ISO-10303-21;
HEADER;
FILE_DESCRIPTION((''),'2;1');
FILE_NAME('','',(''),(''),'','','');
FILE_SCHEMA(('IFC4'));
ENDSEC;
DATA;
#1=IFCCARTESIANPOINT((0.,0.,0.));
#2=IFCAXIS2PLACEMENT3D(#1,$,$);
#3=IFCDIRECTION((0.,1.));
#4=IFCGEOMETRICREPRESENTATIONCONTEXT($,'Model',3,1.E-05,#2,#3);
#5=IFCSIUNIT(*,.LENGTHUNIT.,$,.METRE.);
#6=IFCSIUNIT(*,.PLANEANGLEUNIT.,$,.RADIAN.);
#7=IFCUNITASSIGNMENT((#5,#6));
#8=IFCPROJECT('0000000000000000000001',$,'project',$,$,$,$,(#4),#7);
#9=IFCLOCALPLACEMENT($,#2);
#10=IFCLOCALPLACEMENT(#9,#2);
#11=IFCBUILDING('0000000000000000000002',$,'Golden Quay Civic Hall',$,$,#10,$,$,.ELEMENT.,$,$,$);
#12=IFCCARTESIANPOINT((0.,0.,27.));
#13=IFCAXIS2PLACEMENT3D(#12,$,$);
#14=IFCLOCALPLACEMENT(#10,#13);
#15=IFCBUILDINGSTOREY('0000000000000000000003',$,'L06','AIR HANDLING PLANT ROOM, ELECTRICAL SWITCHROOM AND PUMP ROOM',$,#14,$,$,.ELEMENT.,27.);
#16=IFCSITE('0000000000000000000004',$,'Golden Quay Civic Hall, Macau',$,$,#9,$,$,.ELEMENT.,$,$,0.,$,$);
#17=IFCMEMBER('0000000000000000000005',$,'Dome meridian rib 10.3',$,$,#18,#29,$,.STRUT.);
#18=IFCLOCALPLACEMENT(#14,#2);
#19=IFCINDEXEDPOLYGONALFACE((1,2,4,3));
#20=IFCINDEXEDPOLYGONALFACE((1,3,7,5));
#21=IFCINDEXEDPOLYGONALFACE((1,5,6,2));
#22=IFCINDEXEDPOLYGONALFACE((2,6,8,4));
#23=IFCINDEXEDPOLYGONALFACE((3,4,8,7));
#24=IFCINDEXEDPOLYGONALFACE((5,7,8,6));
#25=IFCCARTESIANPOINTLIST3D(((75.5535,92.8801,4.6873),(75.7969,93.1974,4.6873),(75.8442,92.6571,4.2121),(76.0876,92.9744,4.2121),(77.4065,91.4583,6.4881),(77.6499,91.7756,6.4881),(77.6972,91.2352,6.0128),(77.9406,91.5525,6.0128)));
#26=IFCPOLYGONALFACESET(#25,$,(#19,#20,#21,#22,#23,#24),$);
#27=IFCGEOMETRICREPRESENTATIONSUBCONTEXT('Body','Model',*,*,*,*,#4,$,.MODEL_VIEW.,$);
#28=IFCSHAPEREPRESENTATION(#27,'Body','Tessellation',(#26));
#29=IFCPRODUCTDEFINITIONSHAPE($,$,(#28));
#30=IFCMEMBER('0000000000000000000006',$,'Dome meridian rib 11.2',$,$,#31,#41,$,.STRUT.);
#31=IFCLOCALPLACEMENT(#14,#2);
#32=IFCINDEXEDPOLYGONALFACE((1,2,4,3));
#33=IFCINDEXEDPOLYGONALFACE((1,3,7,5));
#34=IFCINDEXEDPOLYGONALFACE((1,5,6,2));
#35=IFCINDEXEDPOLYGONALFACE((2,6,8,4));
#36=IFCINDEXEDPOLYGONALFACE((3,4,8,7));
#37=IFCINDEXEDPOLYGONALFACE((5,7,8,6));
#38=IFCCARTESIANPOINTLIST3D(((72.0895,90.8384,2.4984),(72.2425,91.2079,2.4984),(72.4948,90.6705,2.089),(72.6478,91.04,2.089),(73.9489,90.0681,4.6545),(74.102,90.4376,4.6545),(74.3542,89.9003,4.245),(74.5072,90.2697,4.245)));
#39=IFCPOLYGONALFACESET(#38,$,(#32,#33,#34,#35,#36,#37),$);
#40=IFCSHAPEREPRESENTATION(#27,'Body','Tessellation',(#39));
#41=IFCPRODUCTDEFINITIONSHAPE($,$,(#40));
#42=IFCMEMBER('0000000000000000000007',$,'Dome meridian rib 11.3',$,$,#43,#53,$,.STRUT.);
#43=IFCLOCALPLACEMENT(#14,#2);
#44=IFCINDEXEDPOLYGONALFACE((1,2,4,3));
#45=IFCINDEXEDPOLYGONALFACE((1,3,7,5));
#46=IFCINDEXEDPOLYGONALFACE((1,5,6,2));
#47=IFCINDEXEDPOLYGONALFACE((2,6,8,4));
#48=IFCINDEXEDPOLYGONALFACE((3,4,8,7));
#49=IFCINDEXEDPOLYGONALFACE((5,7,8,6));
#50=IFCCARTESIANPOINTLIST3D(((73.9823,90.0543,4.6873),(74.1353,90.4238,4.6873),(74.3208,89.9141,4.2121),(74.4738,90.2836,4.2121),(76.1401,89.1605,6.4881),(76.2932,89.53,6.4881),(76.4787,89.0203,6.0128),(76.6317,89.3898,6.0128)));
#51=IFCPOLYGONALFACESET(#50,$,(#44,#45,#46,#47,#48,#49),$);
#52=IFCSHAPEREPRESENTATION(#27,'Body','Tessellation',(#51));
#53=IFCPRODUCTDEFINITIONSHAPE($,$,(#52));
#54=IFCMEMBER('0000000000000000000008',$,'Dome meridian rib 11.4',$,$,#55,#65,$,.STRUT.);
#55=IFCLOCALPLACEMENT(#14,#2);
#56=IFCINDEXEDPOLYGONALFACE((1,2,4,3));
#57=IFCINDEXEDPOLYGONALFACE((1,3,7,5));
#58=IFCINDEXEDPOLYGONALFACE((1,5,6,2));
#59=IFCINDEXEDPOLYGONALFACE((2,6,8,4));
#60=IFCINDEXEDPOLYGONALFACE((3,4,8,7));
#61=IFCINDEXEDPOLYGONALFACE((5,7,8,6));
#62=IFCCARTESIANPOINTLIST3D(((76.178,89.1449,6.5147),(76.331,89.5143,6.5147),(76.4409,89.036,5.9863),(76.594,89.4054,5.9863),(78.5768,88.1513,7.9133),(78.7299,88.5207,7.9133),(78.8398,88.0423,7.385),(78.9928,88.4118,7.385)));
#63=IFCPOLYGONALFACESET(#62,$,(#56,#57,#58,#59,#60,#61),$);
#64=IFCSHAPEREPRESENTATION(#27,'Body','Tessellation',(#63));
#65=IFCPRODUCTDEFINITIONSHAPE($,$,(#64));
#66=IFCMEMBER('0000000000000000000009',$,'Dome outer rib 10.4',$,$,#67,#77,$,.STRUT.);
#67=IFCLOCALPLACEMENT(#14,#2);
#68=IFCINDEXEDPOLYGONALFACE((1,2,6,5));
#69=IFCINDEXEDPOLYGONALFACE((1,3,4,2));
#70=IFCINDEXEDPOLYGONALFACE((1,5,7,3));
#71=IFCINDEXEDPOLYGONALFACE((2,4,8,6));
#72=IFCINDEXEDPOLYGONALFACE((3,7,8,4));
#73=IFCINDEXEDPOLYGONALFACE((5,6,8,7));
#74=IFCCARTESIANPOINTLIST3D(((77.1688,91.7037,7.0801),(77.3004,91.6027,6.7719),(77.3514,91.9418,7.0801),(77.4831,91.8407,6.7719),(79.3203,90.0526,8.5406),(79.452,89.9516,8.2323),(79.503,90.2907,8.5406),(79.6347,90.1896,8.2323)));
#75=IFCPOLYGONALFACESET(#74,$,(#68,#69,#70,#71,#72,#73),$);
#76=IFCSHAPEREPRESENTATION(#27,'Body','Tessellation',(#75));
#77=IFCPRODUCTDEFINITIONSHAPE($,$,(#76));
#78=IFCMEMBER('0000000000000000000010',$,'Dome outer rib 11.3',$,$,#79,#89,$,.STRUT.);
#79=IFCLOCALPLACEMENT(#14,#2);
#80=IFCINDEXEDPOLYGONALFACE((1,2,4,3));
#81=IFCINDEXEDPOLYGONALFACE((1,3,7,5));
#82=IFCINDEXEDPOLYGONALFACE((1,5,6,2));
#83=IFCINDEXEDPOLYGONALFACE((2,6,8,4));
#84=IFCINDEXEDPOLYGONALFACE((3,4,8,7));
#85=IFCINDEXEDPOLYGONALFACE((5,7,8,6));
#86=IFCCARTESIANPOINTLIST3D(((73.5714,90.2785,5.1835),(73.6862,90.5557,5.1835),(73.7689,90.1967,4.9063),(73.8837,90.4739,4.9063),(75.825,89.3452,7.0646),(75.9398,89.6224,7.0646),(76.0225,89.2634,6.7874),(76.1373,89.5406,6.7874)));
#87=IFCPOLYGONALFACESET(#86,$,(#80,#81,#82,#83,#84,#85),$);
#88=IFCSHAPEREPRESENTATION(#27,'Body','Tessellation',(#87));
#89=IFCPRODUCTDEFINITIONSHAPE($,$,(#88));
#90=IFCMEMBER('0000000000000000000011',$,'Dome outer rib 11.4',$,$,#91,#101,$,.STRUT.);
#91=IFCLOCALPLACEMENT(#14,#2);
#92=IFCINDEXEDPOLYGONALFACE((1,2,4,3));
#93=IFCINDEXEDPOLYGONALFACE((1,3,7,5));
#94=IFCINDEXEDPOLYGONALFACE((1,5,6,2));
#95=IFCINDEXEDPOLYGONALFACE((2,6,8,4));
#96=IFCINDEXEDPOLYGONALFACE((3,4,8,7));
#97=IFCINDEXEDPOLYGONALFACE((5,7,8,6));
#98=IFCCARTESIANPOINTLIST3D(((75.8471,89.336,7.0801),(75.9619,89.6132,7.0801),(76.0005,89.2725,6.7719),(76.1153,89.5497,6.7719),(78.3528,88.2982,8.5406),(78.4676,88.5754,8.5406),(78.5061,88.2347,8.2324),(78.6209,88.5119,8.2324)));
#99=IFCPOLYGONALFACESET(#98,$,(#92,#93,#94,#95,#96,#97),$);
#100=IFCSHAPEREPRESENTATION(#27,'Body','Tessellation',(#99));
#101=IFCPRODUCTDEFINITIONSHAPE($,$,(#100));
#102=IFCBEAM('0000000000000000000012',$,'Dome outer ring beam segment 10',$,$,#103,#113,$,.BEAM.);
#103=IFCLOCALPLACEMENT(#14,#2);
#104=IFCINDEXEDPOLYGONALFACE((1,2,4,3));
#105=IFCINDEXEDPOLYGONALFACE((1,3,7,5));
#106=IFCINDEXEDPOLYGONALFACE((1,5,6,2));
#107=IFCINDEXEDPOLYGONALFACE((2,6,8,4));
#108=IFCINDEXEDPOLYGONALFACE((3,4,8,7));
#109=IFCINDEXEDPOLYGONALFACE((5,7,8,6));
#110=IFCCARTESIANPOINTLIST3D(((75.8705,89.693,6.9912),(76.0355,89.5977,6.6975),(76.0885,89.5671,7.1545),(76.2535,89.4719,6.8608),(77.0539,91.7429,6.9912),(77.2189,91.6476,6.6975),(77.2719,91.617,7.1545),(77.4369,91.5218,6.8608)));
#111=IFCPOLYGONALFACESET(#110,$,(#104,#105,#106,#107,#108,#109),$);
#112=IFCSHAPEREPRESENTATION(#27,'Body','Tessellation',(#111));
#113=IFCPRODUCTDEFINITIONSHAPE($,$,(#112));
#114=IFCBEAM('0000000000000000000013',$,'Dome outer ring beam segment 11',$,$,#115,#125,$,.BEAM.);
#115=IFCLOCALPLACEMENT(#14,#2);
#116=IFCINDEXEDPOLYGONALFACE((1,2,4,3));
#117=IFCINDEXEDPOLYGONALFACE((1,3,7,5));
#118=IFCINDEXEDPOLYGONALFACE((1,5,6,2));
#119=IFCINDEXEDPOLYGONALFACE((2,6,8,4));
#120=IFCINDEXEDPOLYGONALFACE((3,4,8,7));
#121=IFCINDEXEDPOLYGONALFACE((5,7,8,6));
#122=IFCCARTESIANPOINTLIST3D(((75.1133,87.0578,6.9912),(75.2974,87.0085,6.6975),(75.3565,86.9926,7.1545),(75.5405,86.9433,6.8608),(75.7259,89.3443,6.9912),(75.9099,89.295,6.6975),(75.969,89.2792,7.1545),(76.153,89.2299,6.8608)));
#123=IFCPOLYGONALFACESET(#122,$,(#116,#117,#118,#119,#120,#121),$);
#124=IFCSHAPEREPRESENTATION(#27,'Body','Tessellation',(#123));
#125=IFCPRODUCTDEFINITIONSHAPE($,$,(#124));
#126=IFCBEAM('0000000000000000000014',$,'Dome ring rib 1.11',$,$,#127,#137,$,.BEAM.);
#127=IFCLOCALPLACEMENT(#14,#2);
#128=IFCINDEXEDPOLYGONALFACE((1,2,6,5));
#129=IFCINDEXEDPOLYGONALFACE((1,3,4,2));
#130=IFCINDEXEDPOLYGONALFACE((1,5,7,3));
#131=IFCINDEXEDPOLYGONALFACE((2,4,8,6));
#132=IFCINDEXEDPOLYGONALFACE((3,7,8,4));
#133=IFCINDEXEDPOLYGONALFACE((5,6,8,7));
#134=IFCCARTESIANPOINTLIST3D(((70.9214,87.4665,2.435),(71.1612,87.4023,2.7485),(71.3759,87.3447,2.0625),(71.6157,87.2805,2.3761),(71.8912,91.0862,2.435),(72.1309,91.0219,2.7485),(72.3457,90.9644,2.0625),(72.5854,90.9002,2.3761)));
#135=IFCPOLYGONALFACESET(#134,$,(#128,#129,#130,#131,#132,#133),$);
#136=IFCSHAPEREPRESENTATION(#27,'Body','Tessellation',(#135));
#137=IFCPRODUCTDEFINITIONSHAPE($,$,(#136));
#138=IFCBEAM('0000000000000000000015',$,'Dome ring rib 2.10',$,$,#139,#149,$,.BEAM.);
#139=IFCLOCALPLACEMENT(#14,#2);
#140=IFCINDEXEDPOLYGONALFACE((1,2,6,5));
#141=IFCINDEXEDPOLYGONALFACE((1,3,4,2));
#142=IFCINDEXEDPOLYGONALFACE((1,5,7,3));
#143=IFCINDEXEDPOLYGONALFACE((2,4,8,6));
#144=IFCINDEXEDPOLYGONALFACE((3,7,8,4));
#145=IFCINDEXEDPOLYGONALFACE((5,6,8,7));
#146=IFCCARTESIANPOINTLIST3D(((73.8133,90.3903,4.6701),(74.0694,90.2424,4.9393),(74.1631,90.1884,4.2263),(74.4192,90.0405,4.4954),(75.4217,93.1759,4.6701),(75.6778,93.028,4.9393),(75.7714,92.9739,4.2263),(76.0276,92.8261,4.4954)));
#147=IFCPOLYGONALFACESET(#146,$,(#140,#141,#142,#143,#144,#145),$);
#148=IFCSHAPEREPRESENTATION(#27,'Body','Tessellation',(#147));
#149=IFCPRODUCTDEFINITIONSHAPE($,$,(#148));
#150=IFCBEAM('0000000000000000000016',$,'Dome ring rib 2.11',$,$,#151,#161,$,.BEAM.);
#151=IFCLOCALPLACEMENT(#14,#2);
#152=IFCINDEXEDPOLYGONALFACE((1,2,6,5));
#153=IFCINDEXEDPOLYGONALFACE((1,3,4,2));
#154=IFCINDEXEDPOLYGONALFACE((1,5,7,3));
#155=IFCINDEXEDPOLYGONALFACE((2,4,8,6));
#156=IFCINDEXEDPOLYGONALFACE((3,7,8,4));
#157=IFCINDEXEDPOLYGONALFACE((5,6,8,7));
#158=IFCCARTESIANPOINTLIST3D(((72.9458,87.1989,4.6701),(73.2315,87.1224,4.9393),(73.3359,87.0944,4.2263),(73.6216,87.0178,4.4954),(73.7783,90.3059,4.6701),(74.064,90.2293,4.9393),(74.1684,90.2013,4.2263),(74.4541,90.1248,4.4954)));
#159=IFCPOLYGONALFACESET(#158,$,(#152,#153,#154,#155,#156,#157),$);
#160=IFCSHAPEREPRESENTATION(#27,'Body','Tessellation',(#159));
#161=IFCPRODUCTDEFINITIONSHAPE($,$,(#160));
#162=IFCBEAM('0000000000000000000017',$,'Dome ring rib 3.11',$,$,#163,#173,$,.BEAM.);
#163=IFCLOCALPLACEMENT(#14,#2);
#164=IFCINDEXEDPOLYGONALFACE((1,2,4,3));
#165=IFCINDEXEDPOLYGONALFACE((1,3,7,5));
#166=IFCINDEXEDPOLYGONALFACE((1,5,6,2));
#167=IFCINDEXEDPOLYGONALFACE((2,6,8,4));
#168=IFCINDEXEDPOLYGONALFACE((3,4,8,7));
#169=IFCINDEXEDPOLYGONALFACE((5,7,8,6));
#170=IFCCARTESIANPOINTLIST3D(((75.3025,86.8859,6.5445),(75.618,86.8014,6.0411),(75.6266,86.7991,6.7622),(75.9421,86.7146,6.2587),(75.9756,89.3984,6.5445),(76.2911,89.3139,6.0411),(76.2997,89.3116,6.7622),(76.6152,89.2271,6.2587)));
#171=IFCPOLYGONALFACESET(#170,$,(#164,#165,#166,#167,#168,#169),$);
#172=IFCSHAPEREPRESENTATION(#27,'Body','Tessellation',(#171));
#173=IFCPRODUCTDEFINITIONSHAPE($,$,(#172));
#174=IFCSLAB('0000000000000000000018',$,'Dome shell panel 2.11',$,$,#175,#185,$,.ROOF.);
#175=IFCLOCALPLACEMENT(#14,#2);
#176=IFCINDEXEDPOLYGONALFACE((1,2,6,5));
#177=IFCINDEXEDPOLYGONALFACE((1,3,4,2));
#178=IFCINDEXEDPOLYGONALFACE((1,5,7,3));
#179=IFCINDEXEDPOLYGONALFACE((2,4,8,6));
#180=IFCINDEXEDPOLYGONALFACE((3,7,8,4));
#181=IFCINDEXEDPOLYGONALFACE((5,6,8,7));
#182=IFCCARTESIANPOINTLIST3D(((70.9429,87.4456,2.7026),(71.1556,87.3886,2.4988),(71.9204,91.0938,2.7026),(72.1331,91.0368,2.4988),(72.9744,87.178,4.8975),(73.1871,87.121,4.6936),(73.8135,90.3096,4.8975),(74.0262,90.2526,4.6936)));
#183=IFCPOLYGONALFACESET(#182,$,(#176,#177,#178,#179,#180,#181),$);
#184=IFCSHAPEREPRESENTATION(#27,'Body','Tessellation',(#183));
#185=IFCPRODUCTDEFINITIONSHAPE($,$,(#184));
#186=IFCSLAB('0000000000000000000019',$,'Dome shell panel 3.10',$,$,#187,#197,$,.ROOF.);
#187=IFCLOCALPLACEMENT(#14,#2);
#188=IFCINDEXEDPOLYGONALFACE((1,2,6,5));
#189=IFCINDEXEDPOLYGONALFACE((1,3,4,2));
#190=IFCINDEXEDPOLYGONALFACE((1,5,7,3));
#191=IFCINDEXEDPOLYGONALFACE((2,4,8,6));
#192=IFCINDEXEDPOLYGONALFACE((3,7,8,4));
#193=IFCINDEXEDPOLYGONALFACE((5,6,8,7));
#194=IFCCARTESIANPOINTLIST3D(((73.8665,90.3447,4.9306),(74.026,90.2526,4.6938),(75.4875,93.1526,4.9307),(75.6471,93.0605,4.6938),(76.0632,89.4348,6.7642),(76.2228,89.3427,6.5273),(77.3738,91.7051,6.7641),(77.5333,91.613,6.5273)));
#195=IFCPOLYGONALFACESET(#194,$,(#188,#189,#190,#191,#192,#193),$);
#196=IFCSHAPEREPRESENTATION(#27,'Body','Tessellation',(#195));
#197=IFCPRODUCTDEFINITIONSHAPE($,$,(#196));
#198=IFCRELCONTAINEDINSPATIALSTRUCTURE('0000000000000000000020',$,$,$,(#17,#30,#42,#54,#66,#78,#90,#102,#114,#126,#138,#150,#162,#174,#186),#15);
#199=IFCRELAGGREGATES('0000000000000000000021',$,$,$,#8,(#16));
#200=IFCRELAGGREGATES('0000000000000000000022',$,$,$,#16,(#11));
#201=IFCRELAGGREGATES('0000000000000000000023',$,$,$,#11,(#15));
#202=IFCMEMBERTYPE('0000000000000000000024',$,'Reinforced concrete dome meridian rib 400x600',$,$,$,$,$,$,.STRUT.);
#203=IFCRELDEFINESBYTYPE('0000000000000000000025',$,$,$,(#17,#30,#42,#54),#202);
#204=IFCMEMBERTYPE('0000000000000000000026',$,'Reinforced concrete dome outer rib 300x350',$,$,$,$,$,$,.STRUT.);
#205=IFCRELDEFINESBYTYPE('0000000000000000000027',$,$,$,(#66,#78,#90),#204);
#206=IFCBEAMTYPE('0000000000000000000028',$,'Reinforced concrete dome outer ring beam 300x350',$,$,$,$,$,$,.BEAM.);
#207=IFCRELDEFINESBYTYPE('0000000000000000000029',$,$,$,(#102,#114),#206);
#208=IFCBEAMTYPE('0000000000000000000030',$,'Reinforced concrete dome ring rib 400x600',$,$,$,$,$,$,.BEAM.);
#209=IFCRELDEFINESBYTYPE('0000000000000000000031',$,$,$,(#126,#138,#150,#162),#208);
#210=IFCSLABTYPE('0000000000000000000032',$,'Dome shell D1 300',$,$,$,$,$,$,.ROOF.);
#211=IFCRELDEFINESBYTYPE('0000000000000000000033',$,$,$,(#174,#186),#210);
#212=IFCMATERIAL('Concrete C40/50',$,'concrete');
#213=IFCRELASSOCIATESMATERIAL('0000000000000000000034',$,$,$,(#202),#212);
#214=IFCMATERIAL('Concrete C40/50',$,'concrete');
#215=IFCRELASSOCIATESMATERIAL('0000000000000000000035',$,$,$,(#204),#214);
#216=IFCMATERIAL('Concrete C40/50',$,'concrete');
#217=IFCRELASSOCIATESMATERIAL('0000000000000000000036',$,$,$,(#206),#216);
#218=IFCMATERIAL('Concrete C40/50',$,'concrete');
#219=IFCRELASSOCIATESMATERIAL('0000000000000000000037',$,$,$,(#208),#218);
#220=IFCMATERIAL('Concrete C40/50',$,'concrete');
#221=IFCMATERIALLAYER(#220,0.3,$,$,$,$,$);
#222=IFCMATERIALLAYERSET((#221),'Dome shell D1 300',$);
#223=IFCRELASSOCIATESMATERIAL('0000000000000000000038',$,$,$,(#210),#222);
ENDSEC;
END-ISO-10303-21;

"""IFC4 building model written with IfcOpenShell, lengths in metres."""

from ifc_helpers import new_model, si_unit, direction, frame, origin, origin_2d, place, context, subcontext, project, spatial, polyline, rectangle, outline, extrude, material, layer, layer_set, material_profile, profile_set, type_object, element, save


model = new_model("IFC4")

# Units and contexts
model_context = context("Model", 3, precision=1e-05, world=origin(), true_north=direction((0.0, 1.0)))
body_context = subcontext(model_context, "Body", "Model", "MODEL_VIEW")
ifc_project = project(units=[si_unit("LENGTHUNIT", "METRE"), si_unit("PLANEANGLEUNIT", "RADIAN")], contexts=[model_context])

# Site, building, storey
site_placement = place(None, origin())
site = spatial("IfcSite", under=ifc_project, at=site_placement, Name="Golden Quay Civic Hall, Macau", CompositionType="ELEMENT", RefElevation=0.0)
building_placement = place(site_placement, origin())
building = spatial("IfcBuilding", under=site, at=building_placement, Name="Golden Quay Civic Hall", CompositionType="ELEMENT")
storey_placement = place(building_placement, frame((0.0, 0.0, 27.0)))
storey = spatial("IfcBuildingStorey", under=building, at=storey_placement, Name="L06", Description="AIR HANDLING PLANT ROOM, ELECTRICAL SWITCHROOM AND PUMP ROOM", CompositionType="ELEMENT", Elevation=27.0)

# Members
ifc_material_1 = material(Name="Concrete C40/50", Category="concrete")
ifc_material_profile_1 = material_profile(ifc_material_1, rectangle(XDim=0.3999, YDim=0.6001, at=origin_2d()), Name="RC 400x600")
ifc_profile_set_1 = profile_set([ifc_material_profile_1], Name="Concrete C40/50")
member_type_1 = type_object("IfcMemberType", Name="Reinforced concrete dome meridian rib 400x600", PredefinedType="STRUT", material=ifc_profile_set_1)
member_1_placement = place(storey_placement, frame((75.8206, 92.9272, 4.4497), z_axis=(0.628298, -0.482109, 0.610583), x_axis=(0.608761, 0.793354, 0.0)))
element("IfcMember", 1, at=member_1_placement, inside=storey, type_object=member_type_1, Name="Dome meridian rib 10.3", PredefinedType="STRUT", context=body_context, shape_type="SweptSolid", body=[
    extrude(rectangle(XDim=0.3999, YDim=0.6001, at=origin_2d()), origin(), (0.0, 0.0, 1.0), 2.9492),
])
member_2_placement = place(storey_placement, frame((72.3687, 90.9392, 2.2937), z_axis=(0.630425, -0.26116, 0.730999), x_axis=(0.38272, 0.923865, 0.0)))
element("IfcMember", 2, at=member_2_placement, inside=storey, type_object=member_type_1, Name="Dome meridian rib 11.2", PredefinedType="STRUT", context=body_context, shape_type="SweptSolid", body=[
    extrude(rectangle(XDim=0.3999, YDim=0.6001, at=origin_2d()), origin(), (0.0, 0.0, 1.0), 2.9495),
])
for number, where, z_axis, x_axis, name in (
    (3, (74.228, 90.1689, 4.4497), (0.731681, -0.303053, 0.610575), (0.382663, 0.923888, 0.0), "Dome meridian rib 11.3"),
    (4, (76.386, 89.2751, 6.2505), (0.813382, -0.336909, 0.474238), (0.382678, 0.923882, 0.0), "Dome meridian rib 11.4"),
):
    element("IfcMember", number, at=place(storey_placement, frame(where, z_axis=z_axis, x_axis=x_axis)), inside=storey, type_object=member_type_1, Name=name, PredefinedType="STRUT", context=body_context, shape_type="SweptSolid", body=[
        extrude(rectangle(XDim=0.3999, YDim=0.6001, at=origin_2d()), origin(), (0.0, 0.0, 1.0), 2.9492),
    ])
ifc_material_2 = material(Name="Concrete C40/50", Category="concrete")
ifc_material_profile_2 = material_profile(ifc_material_2, rectangle(XDim=0.3, YDim=0.3501, at=origin_2d()), Name="RC 300x350")
ifc_profile_set_2 = profile_set([ifc_material_profile_2], Name="Concrete C40/50")
member_type_2 = type_object("IfcMemberType", Name="Reinforced concrete dome outer rib 300x350", PredefinedType="STRUT", material=ifc_profile_set_2)
for number, where, z_axis, x_axis, name in (
    (5, (77.3259, 91.7722, 6.926), (0.698496, -0.536018, 0.474118), (0.608792, 0.79333, 0.0), "Dome outer rib 10.4"),
    (6, (73.7275, 90.3762, 5.0449), (0.73162, -0.302999, 0.610674), (0.382632, 0.923901, 0.0), "Dome outer rib 11.3"),
    (7, (75.9812, 89.4429, 6.926), (0.813437, -0.336931, 0.474128), (0.382678, 0.923882, 0.0), "Dome outer rib 11.4"),
):
    element("IfcMember", number, at=place(storey_placement, frame(where, z_axis=z_axis, x_axis=x_axis)), inside=storey, type_object=member_type_2, Name=name, PredefinedType="STRUT", context=body_context, shape_type="SweptSolid", body=[
        extrude(rectangle(XDim=0.3, YDim=0.3501, at=origin_2d()), origin(), (0.0, 0.0, 1.0), 3.0803),
    ])

# Beams
ifc_material_3 = material(Name="Concrete C40/50", Category="concrete")
ifc_material_profile_3 = material_profile(ifc_material_3, rectangle(XDim=0.3, YDim=0.3501, at=origin_2d()), Name="RC 300x350")
ifc_profile_set_3 = profile_set([ifc_material_profile_3], Name="Concrete C40/50")
beam_type_1 = type_object("IfcBeamType", Name="Reinforced concrete dome outer ring beam 300x350", PredefinedType="BEAM", material=ifc_profile_set_3)
beam_1_placement = place(storey_placement, frame((77.2454, 91.6323, 6.926), z_axis=(-0.499967, -0.866045, 0.0), x_axis=(0.726568, -0.419447, 0.544209)))
element("IfcBeam", 8, at=beam_1_placement, inside=storey, type_object=beam_type_1, Name="Dome outer ring beam segment 10", PredefinedType="BEAM", context=body_context, shape_type="SweptSolid", body=[
    extrude(rectangle(XDim=0.3, YDim=0.3501, at=origin_2d()), origin(), (0.0, 0.0, 1.0), 2.3669),
])
beam_2_placement = place(storey_placement, frame((75.9395, 89.2871, 6.926), z_axis=(-0.25876, -0.965942, 0.0), x_axis=(0.810377, -0.217087, 0.544209)))
element("IfcBeam", 9, at=beam_2_placement, inside=storey, type_object=beam_type_1, Name="Dome outer ring beam segment 11", PredefinedType="BEAM", context=body_context, shape_type="SweptSolid", body=[
    extrude(rectangle(XDim=0.3, YDim=0.3501, at=origin_2d()), origin(), (0.0, 0.0, 1.0), 2.3672),
])
ifc_material_4 = material(Name="Concrete C40/50", Category="concrete")
ifc_material_profile_4 = material_profile(ifc_material_4, rectangle(XDim=0.3999, YDim=0.6001, at=origin_2d()), Name="RC 400x600")
ifc_profile_set_4 = profile_set([ifc_material_profile_4], Name="Concrete C40/50")
beam_type_2 = type_object("IfcBeamType", Name="Reinforced concrete dome ring rib 400x600", PredefinedType="BEAM", material=ifc_profile_set_4)
beam_3_placement = place(storey_placement, frame((72.2383, 90.9932, 2.4055), z_axis=(-0.258782, -0.965936, 0.0), x_axis=(0.599518, -0.160616, 0.784079)))
element("IfcBeam", 10, at=beam_3_placement, inside=storey, type_object=beam_type_2, Name="Dome ring rib 1.11", PredefinedType="BEAM", context=body_context, shape_type="SweptSolid", body=[
    extrude(rectangle(XDim=0.3999, YDim=0.6001, at=origin_2d()), origin(), (0.0, 0.0, 1.0), 3.7473),
])
for number, where, z_axis, x_axis, name in (
    (11, (75.7246, 93.001, 4.5828), (-0.500025, -0.866011, 0.0), (0.640497, -0.369816, 0.673053), "Dome ring rib 2.10"),
    (12, (74.1162, 90.2153, 4.5828), (-0.258825, -0.965924, 0.0), (0.714393, -0.191425, 0.673053), "Dome ring rib 2.11"),
):
    element("IfcBeam", number, at=place(storey_placement, frame(where, z_axis=z_axis, x_axis=x_axis)), inside=storey, type_object=beam_type_2, Name=name, PredefinedType="BEAM", context=body_context, shape_type="SweptSolid", body=[
        extrude(rectangle(XDim=0.3999, YDim=0.6001, at=origin_2d()), origin(), (0.0, 0.0, 1.0), 3.2166),
    ])
beam_4_placement = place(storey_placement, frame((76.2954, 89.3127, 6.4016), z_axis=(-0.258778, -0.965937, 0.0), x_axis=(0.810373, -0.217102, 0.544209)))
element("IfcBeam", 13, at=beam_4_placement, inside=storey, type_object=beam_type_2, Name="Dome ring rib 3.11", PredefinedType="BEAM", context=body_context, shape_type="SweptSolid", body=[
    extrude(rectangle(XDim=0.3999, YDim=0.6001, at=origin_2d()), origin(), (0.0, 0.0, 1.0), 2.6011),
])

# Slabs
ifc_material_5 = material(Name="Concrete C40/50", Category="concrete")
ifc_layer_1 = layer(ifc_material_5, 0.3)
ifc_layer_set_1 = layer_set([ifc_layer_1], Name="Dome shell D1 300")
slab_type = type_object("IfcSlabType", Name="Dome shell D1 300", PredefinedType="ROOF", material=ifc_layer_set_1)
slab_1_placement = place(storey_placement, frame((71.9204, 91.0938, 2.7026), z_axis=(-0.708874, 0.189944, 0.679278), x_axis=(-0.258821, -0.965925, 0.0)))
element("IfcSlab", 14, at=slab_1_placement, inside=storey, type_object=slab_type, Name="Dome shell panel 2.11", PredefinedType="ROOF", context=body_context, shape_type="SweptSolid", body=[
    extrude(outline(polyline([(0.0, 0.0), (3.7769, 0.0), (3.5096, 2.9907), (0.2675, 2.9907), (0.0, 0.0)])), origin(), (0.0, 0.0, -1.0), 0.3),
])
slab_2_placement = place(storey_placement, frame((75.4875, 93.1526, 4.9307), z_axis=(-0.531698, 0.306954, 0.789352), x_axis=(-0.499986, -0.866034, -0.000012)))
element("IfcSlab", 15, at=slab_2_placement, inside=storey, type_object=slab_type, Name="Dome shell panel 3.10", PredefinedType="ROOF", context=body_context, shape_type="SweptSolid", body=[
    extrude(outline(polyline([(0.0, 0.0), (3.2422, 0.0), (2.9319, 2.9865), (0.3105, 2.9864), (0.0, 0.0)])), origin(), (0.0, 0.0, -1.0), 0.3),
])

save(model, "model.ifc")
